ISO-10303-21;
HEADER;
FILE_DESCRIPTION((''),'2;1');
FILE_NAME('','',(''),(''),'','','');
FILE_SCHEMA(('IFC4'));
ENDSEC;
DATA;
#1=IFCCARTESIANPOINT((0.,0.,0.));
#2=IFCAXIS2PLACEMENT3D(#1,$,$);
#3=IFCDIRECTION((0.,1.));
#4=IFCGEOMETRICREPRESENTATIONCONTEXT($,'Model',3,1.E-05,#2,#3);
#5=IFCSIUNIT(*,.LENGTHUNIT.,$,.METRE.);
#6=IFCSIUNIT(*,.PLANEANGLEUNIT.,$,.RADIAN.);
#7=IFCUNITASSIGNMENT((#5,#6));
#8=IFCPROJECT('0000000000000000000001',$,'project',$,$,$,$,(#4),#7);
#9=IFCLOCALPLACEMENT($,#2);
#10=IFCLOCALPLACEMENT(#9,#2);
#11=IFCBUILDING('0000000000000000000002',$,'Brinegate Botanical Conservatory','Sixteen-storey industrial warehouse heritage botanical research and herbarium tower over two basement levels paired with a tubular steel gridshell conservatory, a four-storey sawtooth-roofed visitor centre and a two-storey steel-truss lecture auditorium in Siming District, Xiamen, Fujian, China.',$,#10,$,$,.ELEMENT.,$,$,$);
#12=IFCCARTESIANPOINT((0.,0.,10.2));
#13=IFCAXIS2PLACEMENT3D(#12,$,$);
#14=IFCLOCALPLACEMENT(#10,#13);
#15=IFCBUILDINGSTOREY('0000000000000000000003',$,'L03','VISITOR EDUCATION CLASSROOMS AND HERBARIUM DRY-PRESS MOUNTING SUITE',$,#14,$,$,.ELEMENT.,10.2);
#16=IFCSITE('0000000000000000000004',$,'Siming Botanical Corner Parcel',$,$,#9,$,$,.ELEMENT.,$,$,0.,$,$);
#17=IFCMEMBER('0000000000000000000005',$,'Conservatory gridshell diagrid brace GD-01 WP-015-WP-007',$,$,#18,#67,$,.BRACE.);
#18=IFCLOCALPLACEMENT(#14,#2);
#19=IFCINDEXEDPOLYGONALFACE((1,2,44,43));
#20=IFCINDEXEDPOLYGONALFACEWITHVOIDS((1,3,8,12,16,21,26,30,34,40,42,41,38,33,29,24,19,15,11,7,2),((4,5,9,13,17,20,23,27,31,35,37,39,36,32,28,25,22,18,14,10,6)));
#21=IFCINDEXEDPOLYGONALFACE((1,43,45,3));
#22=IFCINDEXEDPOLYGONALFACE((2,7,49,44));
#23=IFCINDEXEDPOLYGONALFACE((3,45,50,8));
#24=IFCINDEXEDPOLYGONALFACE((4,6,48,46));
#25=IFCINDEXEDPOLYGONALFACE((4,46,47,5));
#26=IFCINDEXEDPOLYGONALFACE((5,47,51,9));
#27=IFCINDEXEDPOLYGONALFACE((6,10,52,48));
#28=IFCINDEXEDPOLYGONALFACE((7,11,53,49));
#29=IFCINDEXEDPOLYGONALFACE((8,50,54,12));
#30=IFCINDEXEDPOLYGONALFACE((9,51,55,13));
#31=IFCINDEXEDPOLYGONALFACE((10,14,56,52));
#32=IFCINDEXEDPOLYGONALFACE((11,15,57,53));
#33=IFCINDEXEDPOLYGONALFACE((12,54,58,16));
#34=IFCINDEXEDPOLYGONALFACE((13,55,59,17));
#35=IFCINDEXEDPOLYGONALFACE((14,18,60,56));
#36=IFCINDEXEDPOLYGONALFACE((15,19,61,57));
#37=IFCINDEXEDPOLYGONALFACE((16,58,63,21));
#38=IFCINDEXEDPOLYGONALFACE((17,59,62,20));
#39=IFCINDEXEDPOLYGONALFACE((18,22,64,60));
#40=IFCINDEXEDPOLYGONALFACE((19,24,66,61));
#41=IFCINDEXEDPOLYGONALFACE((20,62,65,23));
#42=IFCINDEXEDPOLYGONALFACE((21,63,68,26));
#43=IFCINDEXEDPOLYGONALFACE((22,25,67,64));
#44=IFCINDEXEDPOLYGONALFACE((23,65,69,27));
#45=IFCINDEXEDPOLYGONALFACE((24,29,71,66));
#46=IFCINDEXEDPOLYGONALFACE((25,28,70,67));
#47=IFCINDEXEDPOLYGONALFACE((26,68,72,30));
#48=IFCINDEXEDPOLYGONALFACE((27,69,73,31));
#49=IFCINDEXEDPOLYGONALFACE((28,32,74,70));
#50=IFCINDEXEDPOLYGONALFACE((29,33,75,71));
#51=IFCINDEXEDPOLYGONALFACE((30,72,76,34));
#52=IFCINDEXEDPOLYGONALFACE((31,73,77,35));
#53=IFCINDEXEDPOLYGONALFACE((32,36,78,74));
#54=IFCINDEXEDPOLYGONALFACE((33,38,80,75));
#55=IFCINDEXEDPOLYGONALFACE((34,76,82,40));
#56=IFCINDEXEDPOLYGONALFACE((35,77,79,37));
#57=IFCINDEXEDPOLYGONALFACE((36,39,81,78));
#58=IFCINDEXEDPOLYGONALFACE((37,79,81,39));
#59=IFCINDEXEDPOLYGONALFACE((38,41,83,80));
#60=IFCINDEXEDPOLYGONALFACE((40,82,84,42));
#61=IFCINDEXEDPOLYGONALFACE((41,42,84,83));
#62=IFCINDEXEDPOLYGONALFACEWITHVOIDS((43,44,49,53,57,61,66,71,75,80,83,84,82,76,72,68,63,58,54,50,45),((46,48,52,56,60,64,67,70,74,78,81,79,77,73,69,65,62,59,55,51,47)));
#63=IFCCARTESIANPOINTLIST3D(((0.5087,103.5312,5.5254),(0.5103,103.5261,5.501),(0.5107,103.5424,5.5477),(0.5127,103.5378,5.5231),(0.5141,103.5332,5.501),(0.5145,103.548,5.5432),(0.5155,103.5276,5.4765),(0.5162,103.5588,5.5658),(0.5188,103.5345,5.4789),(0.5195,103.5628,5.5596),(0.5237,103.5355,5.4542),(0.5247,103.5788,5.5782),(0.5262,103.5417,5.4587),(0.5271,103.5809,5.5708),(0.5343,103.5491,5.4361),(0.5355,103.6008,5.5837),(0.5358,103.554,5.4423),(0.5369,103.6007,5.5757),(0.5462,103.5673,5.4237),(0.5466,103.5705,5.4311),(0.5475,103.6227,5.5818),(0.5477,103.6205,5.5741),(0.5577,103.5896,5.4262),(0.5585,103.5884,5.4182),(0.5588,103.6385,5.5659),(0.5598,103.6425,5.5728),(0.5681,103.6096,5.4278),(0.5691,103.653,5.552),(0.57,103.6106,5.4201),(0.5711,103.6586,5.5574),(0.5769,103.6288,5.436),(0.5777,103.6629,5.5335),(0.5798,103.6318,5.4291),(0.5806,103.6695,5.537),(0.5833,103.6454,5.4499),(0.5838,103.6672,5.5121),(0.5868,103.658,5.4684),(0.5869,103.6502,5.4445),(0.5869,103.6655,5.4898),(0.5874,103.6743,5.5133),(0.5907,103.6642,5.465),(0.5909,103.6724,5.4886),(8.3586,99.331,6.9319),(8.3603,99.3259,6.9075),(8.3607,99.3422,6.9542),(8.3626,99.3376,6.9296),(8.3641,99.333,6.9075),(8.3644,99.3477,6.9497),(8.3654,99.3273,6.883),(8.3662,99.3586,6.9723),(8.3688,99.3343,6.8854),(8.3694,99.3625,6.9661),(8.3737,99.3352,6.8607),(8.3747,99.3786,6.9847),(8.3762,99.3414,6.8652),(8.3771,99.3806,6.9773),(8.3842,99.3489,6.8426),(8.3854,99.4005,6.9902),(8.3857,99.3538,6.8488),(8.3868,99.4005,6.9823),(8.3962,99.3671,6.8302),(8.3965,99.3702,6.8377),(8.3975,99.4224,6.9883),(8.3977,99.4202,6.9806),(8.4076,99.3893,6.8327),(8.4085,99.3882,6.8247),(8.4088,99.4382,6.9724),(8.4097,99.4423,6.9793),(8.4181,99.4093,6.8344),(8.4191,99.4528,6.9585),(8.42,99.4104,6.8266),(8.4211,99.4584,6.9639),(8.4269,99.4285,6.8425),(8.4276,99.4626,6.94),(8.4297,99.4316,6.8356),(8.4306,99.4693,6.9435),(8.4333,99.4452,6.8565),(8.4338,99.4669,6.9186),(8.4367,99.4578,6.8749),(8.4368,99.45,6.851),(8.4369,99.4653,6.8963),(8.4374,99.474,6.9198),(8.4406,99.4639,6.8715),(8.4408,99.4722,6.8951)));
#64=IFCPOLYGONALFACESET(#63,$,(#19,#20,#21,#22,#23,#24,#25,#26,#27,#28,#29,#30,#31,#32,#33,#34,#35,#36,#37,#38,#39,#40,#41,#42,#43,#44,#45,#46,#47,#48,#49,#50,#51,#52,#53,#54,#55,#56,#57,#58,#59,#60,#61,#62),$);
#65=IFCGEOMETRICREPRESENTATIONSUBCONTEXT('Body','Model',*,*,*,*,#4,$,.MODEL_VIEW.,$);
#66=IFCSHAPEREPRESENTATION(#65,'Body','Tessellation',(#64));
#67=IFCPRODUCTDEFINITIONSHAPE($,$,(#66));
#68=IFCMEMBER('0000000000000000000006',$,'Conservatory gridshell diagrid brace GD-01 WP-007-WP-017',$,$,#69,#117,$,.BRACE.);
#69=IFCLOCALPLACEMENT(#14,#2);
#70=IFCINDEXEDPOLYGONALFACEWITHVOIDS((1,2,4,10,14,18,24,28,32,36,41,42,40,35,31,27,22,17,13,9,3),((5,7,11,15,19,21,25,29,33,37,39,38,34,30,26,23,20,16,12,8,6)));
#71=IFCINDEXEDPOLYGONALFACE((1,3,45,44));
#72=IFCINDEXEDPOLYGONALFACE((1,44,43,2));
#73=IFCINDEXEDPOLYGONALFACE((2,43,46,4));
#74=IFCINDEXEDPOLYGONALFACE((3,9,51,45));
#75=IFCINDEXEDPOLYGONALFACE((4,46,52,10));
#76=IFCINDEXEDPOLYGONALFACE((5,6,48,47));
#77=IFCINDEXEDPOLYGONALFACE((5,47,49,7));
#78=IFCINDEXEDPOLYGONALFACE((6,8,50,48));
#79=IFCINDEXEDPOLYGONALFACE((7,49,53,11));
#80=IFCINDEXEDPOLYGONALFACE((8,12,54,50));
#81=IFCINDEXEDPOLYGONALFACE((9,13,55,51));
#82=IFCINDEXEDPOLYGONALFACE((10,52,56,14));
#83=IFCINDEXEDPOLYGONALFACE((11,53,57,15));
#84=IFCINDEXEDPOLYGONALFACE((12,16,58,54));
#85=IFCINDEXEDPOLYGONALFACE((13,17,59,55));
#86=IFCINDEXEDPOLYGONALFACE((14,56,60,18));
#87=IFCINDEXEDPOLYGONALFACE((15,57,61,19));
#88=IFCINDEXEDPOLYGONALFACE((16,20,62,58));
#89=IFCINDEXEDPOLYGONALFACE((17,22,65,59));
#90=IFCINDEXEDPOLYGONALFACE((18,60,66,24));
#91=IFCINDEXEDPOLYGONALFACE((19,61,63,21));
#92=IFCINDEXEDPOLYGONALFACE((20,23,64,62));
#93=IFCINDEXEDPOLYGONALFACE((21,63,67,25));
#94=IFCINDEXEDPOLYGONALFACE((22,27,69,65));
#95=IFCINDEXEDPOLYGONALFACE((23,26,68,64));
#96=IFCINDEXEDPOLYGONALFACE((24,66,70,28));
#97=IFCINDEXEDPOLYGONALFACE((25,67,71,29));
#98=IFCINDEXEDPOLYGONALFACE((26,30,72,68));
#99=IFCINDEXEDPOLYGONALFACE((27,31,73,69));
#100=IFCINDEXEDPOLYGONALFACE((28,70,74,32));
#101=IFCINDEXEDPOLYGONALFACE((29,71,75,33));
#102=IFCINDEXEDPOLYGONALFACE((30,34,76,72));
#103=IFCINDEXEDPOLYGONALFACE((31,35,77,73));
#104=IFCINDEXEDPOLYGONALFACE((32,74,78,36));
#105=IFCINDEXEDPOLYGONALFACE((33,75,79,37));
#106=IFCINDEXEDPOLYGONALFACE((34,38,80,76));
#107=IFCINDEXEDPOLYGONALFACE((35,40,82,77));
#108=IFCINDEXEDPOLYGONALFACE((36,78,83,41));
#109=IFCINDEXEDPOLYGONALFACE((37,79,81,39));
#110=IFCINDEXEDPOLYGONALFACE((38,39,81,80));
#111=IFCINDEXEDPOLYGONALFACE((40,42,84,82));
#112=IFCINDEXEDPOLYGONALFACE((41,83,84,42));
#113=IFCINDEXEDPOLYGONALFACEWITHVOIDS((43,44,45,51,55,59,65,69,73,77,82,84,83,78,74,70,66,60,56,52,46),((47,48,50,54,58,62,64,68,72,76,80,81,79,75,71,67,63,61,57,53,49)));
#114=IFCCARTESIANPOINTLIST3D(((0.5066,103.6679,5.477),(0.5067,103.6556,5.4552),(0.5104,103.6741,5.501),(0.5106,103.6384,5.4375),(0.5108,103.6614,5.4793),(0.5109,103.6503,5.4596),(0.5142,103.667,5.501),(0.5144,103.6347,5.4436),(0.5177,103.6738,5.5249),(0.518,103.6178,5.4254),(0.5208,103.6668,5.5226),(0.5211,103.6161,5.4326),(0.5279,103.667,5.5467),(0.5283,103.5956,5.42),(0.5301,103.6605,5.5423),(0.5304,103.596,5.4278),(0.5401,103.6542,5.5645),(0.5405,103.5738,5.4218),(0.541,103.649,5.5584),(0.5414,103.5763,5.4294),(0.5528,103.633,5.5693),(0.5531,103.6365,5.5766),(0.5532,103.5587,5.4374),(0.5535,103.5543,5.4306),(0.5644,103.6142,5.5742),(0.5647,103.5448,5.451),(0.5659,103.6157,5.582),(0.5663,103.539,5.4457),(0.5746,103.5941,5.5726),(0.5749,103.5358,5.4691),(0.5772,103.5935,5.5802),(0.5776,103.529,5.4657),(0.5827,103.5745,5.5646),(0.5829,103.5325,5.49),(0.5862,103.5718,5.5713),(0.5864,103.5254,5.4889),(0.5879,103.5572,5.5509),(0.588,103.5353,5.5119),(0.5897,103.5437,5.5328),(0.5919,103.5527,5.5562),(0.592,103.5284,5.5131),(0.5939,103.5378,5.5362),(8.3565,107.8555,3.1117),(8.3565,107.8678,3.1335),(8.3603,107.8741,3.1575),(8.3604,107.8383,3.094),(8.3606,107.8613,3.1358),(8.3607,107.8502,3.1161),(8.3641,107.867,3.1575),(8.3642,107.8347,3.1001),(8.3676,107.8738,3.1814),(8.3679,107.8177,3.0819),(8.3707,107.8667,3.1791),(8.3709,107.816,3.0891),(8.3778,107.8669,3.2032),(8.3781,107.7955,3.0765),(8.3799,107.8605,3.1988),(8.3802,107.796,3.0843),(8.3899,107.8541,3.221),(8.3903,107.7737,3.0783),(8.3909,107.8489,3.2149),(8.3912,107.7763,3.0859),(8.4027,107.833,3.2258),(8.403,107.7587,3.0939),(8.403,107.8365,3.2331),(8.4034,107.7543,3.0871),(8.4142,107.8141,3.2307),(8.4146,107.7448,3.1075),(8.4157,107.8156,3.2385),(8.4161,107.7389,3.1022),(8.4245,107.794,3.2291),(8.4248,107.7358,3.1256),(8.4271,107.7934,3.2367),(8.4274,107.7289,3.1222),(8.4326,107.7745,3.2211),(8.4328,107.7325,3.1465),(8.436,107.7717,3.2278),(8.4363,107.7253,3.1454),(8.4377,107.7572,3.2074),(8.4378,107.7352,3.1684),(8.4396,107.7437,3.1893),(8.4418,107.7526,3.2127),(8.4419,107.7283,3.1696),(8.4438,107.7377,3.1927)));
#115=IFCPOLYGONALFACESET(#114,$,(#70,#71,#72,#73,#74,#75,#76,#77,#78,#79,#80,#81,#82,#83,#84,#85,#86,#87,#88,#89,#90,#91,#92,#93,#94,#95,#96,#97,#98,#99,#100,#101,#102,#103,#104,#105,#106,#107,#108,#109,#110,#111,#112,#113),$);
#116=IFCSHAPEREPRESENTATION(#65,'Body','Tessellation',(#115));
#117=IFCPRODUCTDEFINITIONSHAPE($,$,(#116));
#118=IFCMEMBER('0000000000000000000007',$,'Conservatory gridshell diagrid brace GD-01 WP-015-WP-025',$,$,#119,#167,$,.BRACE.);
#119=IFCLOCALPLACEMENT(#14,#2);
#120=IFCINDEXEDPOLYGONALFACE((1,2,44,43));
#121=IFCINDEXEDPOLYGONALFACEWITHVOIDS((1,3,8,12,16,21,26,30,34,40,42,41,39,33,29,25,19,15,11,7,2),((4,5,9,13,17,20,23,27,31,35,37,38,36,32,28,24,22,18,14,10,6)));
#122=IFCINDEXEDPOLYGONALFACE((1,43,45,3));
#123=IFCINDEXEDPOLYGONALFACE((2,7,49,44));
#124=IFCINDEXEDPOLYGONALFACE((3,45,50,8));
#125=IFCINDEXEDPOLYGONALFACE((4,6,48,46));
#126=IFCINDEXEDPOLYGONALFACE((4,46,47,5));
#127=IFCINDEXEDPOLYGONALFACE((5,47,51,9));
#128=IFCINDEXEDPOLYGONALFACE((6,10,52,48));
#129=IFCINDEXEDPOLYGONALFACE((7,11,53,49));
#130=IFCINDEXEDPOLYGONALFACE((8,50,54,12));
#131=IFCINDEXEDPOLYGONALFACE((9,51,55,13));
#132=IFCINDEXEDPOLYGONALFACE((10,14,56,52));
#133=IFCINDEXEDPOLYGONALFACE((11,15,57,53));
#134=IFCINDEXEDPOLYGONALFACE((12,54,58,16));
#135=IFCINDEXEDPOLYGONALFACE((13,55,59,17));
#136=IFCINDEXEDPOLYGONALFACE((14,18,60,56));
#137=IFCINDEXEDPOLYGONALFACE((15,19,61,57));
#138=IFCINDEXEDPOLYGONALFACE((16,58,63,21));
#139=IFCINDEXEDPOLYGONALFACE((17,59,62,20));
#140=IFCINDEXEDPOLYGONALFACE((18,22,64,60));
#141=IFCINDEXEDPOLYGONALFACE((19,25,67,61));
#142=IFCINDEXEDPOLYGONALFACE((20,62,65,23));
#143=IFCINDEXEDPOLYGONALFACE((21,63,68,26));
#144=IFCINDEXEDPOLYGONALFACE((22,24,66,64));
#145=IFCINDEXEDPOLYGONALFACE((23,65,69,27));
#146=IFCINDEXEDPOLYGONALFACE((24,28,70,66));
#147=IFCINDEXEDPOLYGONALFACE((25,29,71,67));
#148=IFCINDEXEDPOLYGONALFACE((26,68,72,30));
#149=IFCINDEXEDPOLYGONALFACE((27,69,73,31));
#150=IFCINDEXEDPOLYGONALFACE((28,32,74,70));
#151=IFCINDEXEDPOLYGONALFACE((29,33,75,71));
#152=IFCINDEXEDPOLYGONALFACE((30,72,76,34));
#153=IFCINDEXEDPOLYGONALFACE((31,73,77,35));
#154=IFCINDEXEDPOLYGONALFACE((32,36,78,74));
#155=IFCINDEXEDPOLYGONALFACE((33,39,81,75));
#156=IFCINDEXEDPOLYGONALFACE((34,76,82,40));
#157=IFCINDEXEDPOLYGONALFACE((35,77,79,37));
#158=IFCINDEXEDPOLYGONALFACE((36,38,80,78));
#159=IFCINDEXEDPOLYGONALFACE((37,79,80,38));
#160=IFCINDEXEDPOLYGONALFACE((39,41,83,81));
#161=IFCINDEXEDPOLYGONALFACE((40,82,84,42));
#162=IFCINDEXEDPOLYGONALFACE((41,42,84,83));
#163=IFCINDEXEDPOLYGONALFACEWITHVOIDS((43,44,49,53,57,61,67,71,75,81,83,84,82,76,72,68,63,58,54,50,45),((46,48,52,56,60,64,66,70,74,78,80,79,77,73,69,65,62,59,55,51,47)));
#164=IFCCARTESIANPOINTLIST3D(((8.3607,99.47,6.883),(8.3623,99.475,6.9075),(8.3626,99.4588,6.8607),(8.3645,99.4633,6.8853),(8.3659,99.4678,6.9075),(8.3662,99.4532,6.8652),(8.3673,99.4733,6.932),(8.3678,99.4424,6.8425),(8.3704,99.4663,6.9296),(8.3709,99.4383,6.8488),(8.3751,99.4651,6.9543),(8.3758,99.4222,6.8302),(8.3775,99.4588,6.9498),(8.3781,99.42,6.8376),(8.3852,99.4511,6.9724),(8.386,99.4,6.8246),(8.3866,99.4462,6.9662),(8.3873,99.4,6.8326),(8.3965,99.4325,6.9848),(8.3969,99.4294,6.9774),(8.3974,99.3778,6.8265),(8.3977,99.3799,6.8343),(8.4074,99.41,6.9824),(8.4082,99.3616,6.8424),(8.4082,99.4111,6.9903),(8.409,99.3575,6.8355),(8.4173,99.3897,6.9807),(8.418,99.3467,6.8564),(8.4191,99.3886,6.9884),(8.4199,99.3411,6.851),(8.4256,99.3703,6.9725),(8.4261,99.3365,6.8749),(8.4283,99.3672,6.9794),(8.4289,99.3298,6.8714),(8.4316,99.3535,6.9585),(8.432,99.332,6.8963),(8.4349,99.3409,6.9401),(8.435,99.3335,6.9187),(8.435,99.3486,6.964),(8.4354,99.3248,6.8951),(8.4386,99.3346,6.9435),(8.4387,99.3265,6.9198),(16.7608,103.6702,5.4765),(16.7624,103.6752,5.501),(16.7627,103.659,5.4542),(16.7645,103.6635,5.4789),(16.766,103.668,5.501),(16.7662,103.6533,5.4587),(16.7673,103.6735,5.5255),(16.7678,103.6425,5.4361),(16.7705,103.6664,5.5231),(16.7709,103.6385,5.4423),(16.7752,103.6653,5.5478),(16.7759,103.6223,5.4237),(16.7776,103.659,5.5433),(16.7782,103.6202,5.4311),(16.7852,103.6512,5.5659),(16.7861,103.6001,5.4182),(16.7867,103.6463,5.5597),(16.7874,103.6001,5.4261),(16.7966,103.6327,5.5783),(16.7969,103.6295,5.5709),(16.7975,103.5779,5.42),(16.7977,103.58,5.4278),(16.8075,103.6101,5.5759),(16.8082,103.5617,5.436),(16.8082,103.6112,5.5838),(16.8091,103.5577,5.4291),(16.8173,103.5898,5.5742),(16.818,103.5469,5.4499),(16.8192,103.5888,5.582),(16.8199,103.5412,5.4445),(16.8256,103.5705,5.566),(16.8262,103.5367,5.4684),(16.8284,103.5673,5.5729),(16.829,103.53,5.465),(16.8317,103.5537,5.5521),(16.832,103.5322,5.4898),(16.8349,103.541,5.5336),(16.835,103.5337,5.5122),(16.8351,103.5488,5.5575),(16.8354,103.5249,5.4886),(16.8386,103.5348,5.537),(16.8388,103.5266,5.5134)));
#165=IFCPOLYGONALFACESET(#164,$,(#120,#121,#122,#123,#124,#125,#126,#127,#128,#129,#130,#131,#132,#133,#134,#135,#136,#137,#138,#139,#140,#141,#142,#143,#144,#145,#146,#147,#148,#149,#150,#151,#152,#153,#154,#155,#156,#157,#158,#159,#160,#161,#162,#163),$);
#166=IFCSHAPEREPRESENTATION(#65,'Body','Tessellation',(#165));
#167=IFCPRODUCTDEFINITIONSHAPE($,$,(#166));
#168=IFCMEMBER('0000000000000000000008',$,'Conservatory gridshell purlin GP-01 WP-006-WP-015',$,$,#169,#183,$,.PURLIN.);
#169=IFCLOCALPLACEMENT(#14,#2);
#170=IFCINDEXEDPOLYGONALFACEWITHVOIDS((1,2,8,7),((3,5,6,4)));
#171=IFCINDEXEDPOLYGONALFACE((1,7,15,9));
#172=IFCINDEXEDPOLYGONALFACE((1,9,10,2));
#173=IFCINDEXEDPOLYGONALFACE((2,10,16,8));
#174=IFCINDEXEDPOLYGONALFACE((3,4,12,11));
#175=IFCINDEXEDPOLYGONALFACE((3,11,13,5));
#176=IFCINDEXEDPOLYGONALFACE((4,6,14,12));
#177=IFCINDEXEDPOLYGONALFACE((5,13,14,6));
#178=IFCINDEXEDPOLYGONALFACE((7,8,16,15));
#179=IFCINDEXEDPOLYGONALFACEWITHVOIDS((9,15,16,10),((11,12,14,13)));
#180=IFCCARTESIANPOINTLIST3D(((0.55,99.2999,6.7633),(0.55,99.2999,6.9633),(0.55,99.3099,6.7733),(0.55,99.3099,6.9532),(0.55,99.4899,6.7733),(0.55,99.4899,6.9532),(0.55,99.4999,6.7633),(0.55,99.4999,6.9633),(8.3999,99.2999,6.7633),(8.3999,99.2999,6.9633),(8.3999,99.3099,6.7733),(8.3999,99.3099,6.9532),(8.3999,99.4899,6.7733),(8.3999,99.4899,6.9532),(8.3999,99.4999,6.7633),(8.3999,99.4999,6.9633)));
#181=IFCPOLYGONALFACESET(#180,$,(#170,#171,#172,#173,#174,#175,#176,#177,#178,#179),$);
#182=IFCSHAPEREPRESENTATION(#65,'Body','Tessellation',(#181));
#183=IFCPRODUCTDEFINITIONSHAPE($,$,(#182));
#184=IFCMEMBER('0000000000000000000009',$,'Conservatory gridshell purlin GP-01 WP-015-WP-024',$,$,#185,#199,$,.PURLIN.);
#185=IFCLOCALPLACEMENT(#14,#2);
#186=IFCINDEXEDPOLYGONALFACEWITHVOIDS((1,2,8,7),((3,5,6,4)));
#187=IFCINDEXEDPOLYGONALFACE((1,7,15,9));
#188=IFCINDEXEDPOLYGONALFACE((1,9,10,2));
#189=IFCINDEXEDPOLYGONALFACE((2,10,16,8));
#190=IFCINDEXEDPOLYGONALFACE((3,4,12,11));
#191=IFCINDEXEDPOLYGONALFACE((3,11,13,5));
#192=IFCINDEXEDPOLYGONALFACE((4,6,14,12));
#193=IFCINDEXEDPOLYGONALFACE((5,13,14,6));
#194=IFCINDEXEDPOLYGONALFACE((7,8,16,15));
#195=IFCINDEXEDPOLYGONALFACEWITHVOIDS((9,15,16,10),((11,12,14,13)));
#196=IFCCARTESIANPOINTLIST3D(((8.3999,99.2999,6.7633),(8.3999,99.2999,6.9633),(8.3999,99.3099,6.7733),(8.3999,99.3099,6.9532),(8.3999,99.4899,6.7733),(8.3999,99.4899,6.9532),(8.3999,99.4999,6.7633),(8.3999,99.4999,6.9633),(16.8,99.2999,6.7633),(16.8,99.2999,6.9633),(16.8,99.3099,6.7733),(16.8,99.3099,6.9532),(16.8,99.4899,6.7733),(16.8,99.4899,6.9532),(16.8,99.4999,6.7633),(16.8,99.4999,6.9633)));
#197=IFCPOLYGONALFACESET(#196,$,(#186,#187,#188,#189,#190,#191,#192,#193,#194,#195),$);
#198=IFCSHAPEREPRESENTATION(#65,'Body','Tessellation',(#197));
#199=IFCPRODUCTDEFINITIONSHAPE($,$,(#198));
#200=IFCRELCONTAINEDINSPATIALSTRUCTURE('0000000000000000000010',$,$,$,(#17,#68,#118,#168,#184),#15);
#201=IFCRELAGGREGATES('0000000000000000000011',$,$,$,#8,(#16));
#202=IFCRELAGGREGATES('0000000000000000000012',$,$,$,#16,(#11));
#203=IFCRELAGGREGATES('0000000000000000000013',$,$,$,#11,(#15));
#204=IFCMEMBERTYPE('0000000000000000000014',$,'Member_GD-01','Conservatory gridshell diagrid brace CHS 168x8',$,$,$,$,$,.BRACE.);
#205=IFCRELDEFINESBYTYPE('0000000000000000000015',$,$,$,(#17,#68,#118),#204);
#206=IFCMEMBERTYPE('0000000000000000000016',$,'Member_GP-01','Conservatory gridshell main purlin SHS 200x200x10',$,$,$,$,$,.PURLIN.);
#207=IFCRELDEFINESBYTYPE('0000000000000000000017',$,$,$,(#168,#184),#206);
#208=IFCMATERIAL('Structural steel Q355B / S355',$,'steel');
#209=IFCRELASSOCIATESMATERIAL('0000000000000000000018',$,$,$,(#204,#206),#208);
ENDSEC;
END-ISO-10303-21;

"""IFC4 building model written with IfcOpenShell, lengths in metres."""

from ifc_helpers import new_model, si_unit, direction, frame, origin, origin_2d, place, context, subcontext, project, spatial, hollow_rectangle, hollow_circle, extrude, material, material_profile, profile_set, type_object, element, save


model = new_model("IFC4")

# Units and contexts
model_context = context("Model", 3, precision=1e-05, world=origin(), true_north=direction((0.0, 1.0)))
body_context = subcontext(model_context, "Body", "Model", "MODEL_VIEW")
ifc_project = project(units=[si_unit("LENGTHUNIT", "METRE"), si_unit("PLANEANGLEUNIT", "RADIAN")], contexts=[model_context])

# Site, building, storey
site_placement = place(None, origin())
site = spatial("IfcSite", under=ifc_project, at=site_placement, Name="Siming Botanical Corner Parcel", CompositionType="ELEMENT", RefElevation=0.0)
building_placement = place(site_placement, origin())
building = spatial("IfcBuilding", under=site, at=building_placement, Name="Brinegate Botanical Conservatory", Description="Sixteen-storey industrial warehouse heritage botanical research and herbarium tower over two basement levels paired with a tubular steel gridshell conservatory, a four-storey sawtooth-roofed visitor centre and a two-storey steel-truss lecture auditorium in Siming District, Xiamen, Fujian, China.", CompositionType="ELEMENT")
storey_placement = place(building_placement, frame((0.0, 0.0, 10.2)))
storey = spatial("IfcBuildingStorey", under=building, at=storey_placement, Name="L03", Description="VISITOR EDUCATION CLASSROOMS AND HERBARIUM DRY-PRESS MOUNTING SUITE", CompositionType="ELEMENT", Elevation=10.2)

# Shared definitions
ifc_material_1 = material(Name="Structural steel Q355B / S355", Category="steel")

# Members
ifc_material_profile_1 = material_profile(ifc_material_1, hollow_circle(Radius=0.084, WallThickness=0.0081, at=origin_2d()), Name="CHS 168x8")
ifc_profile_set_1 = profile_set([ifc_material_profile_1], Name="Structural steel Q355B / S355")
member_type_1 = type_object("IfcMemberType", Name="Member_GD-01", Description="Conservatory gridshell diagrid brace CHS 168x8", PredefinedType="BRACE", material=ifc_profile_set_1)
member_1_placement = place(storey_placement, frame((8.3999, 99.3999, 6.9075), z_axis=(-0.870916, 0.465998, -0.156046), x_axis=(-0.471778, -0.881718, 0.0)))
element("IfcMember", 1, at=member_1_placement, inside=storey, type_object=member_type_1, Name="Conservatory gridshell diagrid brace GD-01 WP-015-WP-007", PredefinedType="BRACE", context=body_context, shape_type="SweptSolid", body=[
    extrude(hollow_circle(Radius=0.084, WallThickness=0.0081, at=origin_2d()), origin(), (0.0, 0.0, 1.0), 9.0134),
])
member_2_placement = place(storey_placement, frame((0.55, 103.6001, 5.501), z_axis=(0.852682, 0.456215, -0.254561), x_axis=(-0.471756, 0.881729, 0.0)))
element("IfcMember", 2, at=member_2_placement, inside=storey, type_object=member_type_1, Name="Conservatory gridshell diagrid brace GD-01 WP-007-WP-017", PredefinedType="BRACE", context=body_context, shape_type="SweptSolid", body=[
    extrude(hollow_circle(Radius=0.084, WallThickness=0.0081, at=origin_2d()), origin(), (0.0, 0.0, 1.0), 9.2061),
])
member_3_placement = place(storey_placement, frame((8.3999, 99.3999, 6.9075), z_axis=(0.884558, 0.442292, -0.148108), x_axis=(-0.447224, 0.894422, 0.0)))
element("IfcMember", 3, at=member_3_placement, inside=storey, type_object=member_type_1, Name="Conservatory gridshell diagrid brace GD-01 WP-015-WP-025", PredefinedType="BRACE", context=body_context, shape_type="SweptSolid", body=[
    extrude(hollow_circle(Radius=0.084, WallThickness=0.0081, at=origin_2d()), origin(), (0.0, 0.0, 1.0), 9.4963),
])
ifc_material_profile_2 = material_profile(ifc_material_1, hollow_rectangle(XDim=0.2, YDim=0.2, WallThickness=0.01, at=origin_2d()), Name="SHS 200x200x10")
ifc_profile_set_2 = profile_set([ifc_material_profile_2], Name="Structural steel Q355B / S355")
member_type_2 = type_object("IfcMemberType", Name="Member_GP-01", Description="Conservatory gridshell main purlin SHS 200x200x10", PredefinedType="PURLIN", material=ifc_profile_set_2)
member_4_placement = place(storey_placement, frame((0.55, 99.3999, 6.8633), z_axis=(1.0, 0.0, 0.0), x_axis=(0.0, 1.0, 0.0)))
element("IfcMember", 4, at=member_4_placement, inside=storey, type_object=member_type_2, Name="Conservatory gridshell purlin GP-01 WP-006-WP-015", PredefinedType="PURLIN", context=body_context, shape_type="SweptSolid", body=[
    extrude(hollow_rectangle(XDim=0.2, YDim=0.2, WallThickness=0.01, at=origin_2d()), origin(), (0.0, 0.0, 1.0), 7.8499),
])
member_5_placement = place(storey_placement, frame((8.3999, 99.3999, 6.8633), z_axis=(1.0, 0.0, 0.0), x_axis=(0.0, 1.0, 0.0)))
element("IfcMember", 5, at=member_5_placement, inside=storey, type_object=member_type_2, Name="Conservatory gridshell purlin GP-01 WP-015-WP-024", PredefinedType="PURLIN", context=body_context, shape_type="SweptSolid", body=[
    extrude(hollow_rectangle(XDim=0.2, YDim=0.2, WallThickness=0.01, at=origin_2d()), origin(), (0.0, 0.0, 1.0), 8.4001),
])

save(model, "model.ifc")
